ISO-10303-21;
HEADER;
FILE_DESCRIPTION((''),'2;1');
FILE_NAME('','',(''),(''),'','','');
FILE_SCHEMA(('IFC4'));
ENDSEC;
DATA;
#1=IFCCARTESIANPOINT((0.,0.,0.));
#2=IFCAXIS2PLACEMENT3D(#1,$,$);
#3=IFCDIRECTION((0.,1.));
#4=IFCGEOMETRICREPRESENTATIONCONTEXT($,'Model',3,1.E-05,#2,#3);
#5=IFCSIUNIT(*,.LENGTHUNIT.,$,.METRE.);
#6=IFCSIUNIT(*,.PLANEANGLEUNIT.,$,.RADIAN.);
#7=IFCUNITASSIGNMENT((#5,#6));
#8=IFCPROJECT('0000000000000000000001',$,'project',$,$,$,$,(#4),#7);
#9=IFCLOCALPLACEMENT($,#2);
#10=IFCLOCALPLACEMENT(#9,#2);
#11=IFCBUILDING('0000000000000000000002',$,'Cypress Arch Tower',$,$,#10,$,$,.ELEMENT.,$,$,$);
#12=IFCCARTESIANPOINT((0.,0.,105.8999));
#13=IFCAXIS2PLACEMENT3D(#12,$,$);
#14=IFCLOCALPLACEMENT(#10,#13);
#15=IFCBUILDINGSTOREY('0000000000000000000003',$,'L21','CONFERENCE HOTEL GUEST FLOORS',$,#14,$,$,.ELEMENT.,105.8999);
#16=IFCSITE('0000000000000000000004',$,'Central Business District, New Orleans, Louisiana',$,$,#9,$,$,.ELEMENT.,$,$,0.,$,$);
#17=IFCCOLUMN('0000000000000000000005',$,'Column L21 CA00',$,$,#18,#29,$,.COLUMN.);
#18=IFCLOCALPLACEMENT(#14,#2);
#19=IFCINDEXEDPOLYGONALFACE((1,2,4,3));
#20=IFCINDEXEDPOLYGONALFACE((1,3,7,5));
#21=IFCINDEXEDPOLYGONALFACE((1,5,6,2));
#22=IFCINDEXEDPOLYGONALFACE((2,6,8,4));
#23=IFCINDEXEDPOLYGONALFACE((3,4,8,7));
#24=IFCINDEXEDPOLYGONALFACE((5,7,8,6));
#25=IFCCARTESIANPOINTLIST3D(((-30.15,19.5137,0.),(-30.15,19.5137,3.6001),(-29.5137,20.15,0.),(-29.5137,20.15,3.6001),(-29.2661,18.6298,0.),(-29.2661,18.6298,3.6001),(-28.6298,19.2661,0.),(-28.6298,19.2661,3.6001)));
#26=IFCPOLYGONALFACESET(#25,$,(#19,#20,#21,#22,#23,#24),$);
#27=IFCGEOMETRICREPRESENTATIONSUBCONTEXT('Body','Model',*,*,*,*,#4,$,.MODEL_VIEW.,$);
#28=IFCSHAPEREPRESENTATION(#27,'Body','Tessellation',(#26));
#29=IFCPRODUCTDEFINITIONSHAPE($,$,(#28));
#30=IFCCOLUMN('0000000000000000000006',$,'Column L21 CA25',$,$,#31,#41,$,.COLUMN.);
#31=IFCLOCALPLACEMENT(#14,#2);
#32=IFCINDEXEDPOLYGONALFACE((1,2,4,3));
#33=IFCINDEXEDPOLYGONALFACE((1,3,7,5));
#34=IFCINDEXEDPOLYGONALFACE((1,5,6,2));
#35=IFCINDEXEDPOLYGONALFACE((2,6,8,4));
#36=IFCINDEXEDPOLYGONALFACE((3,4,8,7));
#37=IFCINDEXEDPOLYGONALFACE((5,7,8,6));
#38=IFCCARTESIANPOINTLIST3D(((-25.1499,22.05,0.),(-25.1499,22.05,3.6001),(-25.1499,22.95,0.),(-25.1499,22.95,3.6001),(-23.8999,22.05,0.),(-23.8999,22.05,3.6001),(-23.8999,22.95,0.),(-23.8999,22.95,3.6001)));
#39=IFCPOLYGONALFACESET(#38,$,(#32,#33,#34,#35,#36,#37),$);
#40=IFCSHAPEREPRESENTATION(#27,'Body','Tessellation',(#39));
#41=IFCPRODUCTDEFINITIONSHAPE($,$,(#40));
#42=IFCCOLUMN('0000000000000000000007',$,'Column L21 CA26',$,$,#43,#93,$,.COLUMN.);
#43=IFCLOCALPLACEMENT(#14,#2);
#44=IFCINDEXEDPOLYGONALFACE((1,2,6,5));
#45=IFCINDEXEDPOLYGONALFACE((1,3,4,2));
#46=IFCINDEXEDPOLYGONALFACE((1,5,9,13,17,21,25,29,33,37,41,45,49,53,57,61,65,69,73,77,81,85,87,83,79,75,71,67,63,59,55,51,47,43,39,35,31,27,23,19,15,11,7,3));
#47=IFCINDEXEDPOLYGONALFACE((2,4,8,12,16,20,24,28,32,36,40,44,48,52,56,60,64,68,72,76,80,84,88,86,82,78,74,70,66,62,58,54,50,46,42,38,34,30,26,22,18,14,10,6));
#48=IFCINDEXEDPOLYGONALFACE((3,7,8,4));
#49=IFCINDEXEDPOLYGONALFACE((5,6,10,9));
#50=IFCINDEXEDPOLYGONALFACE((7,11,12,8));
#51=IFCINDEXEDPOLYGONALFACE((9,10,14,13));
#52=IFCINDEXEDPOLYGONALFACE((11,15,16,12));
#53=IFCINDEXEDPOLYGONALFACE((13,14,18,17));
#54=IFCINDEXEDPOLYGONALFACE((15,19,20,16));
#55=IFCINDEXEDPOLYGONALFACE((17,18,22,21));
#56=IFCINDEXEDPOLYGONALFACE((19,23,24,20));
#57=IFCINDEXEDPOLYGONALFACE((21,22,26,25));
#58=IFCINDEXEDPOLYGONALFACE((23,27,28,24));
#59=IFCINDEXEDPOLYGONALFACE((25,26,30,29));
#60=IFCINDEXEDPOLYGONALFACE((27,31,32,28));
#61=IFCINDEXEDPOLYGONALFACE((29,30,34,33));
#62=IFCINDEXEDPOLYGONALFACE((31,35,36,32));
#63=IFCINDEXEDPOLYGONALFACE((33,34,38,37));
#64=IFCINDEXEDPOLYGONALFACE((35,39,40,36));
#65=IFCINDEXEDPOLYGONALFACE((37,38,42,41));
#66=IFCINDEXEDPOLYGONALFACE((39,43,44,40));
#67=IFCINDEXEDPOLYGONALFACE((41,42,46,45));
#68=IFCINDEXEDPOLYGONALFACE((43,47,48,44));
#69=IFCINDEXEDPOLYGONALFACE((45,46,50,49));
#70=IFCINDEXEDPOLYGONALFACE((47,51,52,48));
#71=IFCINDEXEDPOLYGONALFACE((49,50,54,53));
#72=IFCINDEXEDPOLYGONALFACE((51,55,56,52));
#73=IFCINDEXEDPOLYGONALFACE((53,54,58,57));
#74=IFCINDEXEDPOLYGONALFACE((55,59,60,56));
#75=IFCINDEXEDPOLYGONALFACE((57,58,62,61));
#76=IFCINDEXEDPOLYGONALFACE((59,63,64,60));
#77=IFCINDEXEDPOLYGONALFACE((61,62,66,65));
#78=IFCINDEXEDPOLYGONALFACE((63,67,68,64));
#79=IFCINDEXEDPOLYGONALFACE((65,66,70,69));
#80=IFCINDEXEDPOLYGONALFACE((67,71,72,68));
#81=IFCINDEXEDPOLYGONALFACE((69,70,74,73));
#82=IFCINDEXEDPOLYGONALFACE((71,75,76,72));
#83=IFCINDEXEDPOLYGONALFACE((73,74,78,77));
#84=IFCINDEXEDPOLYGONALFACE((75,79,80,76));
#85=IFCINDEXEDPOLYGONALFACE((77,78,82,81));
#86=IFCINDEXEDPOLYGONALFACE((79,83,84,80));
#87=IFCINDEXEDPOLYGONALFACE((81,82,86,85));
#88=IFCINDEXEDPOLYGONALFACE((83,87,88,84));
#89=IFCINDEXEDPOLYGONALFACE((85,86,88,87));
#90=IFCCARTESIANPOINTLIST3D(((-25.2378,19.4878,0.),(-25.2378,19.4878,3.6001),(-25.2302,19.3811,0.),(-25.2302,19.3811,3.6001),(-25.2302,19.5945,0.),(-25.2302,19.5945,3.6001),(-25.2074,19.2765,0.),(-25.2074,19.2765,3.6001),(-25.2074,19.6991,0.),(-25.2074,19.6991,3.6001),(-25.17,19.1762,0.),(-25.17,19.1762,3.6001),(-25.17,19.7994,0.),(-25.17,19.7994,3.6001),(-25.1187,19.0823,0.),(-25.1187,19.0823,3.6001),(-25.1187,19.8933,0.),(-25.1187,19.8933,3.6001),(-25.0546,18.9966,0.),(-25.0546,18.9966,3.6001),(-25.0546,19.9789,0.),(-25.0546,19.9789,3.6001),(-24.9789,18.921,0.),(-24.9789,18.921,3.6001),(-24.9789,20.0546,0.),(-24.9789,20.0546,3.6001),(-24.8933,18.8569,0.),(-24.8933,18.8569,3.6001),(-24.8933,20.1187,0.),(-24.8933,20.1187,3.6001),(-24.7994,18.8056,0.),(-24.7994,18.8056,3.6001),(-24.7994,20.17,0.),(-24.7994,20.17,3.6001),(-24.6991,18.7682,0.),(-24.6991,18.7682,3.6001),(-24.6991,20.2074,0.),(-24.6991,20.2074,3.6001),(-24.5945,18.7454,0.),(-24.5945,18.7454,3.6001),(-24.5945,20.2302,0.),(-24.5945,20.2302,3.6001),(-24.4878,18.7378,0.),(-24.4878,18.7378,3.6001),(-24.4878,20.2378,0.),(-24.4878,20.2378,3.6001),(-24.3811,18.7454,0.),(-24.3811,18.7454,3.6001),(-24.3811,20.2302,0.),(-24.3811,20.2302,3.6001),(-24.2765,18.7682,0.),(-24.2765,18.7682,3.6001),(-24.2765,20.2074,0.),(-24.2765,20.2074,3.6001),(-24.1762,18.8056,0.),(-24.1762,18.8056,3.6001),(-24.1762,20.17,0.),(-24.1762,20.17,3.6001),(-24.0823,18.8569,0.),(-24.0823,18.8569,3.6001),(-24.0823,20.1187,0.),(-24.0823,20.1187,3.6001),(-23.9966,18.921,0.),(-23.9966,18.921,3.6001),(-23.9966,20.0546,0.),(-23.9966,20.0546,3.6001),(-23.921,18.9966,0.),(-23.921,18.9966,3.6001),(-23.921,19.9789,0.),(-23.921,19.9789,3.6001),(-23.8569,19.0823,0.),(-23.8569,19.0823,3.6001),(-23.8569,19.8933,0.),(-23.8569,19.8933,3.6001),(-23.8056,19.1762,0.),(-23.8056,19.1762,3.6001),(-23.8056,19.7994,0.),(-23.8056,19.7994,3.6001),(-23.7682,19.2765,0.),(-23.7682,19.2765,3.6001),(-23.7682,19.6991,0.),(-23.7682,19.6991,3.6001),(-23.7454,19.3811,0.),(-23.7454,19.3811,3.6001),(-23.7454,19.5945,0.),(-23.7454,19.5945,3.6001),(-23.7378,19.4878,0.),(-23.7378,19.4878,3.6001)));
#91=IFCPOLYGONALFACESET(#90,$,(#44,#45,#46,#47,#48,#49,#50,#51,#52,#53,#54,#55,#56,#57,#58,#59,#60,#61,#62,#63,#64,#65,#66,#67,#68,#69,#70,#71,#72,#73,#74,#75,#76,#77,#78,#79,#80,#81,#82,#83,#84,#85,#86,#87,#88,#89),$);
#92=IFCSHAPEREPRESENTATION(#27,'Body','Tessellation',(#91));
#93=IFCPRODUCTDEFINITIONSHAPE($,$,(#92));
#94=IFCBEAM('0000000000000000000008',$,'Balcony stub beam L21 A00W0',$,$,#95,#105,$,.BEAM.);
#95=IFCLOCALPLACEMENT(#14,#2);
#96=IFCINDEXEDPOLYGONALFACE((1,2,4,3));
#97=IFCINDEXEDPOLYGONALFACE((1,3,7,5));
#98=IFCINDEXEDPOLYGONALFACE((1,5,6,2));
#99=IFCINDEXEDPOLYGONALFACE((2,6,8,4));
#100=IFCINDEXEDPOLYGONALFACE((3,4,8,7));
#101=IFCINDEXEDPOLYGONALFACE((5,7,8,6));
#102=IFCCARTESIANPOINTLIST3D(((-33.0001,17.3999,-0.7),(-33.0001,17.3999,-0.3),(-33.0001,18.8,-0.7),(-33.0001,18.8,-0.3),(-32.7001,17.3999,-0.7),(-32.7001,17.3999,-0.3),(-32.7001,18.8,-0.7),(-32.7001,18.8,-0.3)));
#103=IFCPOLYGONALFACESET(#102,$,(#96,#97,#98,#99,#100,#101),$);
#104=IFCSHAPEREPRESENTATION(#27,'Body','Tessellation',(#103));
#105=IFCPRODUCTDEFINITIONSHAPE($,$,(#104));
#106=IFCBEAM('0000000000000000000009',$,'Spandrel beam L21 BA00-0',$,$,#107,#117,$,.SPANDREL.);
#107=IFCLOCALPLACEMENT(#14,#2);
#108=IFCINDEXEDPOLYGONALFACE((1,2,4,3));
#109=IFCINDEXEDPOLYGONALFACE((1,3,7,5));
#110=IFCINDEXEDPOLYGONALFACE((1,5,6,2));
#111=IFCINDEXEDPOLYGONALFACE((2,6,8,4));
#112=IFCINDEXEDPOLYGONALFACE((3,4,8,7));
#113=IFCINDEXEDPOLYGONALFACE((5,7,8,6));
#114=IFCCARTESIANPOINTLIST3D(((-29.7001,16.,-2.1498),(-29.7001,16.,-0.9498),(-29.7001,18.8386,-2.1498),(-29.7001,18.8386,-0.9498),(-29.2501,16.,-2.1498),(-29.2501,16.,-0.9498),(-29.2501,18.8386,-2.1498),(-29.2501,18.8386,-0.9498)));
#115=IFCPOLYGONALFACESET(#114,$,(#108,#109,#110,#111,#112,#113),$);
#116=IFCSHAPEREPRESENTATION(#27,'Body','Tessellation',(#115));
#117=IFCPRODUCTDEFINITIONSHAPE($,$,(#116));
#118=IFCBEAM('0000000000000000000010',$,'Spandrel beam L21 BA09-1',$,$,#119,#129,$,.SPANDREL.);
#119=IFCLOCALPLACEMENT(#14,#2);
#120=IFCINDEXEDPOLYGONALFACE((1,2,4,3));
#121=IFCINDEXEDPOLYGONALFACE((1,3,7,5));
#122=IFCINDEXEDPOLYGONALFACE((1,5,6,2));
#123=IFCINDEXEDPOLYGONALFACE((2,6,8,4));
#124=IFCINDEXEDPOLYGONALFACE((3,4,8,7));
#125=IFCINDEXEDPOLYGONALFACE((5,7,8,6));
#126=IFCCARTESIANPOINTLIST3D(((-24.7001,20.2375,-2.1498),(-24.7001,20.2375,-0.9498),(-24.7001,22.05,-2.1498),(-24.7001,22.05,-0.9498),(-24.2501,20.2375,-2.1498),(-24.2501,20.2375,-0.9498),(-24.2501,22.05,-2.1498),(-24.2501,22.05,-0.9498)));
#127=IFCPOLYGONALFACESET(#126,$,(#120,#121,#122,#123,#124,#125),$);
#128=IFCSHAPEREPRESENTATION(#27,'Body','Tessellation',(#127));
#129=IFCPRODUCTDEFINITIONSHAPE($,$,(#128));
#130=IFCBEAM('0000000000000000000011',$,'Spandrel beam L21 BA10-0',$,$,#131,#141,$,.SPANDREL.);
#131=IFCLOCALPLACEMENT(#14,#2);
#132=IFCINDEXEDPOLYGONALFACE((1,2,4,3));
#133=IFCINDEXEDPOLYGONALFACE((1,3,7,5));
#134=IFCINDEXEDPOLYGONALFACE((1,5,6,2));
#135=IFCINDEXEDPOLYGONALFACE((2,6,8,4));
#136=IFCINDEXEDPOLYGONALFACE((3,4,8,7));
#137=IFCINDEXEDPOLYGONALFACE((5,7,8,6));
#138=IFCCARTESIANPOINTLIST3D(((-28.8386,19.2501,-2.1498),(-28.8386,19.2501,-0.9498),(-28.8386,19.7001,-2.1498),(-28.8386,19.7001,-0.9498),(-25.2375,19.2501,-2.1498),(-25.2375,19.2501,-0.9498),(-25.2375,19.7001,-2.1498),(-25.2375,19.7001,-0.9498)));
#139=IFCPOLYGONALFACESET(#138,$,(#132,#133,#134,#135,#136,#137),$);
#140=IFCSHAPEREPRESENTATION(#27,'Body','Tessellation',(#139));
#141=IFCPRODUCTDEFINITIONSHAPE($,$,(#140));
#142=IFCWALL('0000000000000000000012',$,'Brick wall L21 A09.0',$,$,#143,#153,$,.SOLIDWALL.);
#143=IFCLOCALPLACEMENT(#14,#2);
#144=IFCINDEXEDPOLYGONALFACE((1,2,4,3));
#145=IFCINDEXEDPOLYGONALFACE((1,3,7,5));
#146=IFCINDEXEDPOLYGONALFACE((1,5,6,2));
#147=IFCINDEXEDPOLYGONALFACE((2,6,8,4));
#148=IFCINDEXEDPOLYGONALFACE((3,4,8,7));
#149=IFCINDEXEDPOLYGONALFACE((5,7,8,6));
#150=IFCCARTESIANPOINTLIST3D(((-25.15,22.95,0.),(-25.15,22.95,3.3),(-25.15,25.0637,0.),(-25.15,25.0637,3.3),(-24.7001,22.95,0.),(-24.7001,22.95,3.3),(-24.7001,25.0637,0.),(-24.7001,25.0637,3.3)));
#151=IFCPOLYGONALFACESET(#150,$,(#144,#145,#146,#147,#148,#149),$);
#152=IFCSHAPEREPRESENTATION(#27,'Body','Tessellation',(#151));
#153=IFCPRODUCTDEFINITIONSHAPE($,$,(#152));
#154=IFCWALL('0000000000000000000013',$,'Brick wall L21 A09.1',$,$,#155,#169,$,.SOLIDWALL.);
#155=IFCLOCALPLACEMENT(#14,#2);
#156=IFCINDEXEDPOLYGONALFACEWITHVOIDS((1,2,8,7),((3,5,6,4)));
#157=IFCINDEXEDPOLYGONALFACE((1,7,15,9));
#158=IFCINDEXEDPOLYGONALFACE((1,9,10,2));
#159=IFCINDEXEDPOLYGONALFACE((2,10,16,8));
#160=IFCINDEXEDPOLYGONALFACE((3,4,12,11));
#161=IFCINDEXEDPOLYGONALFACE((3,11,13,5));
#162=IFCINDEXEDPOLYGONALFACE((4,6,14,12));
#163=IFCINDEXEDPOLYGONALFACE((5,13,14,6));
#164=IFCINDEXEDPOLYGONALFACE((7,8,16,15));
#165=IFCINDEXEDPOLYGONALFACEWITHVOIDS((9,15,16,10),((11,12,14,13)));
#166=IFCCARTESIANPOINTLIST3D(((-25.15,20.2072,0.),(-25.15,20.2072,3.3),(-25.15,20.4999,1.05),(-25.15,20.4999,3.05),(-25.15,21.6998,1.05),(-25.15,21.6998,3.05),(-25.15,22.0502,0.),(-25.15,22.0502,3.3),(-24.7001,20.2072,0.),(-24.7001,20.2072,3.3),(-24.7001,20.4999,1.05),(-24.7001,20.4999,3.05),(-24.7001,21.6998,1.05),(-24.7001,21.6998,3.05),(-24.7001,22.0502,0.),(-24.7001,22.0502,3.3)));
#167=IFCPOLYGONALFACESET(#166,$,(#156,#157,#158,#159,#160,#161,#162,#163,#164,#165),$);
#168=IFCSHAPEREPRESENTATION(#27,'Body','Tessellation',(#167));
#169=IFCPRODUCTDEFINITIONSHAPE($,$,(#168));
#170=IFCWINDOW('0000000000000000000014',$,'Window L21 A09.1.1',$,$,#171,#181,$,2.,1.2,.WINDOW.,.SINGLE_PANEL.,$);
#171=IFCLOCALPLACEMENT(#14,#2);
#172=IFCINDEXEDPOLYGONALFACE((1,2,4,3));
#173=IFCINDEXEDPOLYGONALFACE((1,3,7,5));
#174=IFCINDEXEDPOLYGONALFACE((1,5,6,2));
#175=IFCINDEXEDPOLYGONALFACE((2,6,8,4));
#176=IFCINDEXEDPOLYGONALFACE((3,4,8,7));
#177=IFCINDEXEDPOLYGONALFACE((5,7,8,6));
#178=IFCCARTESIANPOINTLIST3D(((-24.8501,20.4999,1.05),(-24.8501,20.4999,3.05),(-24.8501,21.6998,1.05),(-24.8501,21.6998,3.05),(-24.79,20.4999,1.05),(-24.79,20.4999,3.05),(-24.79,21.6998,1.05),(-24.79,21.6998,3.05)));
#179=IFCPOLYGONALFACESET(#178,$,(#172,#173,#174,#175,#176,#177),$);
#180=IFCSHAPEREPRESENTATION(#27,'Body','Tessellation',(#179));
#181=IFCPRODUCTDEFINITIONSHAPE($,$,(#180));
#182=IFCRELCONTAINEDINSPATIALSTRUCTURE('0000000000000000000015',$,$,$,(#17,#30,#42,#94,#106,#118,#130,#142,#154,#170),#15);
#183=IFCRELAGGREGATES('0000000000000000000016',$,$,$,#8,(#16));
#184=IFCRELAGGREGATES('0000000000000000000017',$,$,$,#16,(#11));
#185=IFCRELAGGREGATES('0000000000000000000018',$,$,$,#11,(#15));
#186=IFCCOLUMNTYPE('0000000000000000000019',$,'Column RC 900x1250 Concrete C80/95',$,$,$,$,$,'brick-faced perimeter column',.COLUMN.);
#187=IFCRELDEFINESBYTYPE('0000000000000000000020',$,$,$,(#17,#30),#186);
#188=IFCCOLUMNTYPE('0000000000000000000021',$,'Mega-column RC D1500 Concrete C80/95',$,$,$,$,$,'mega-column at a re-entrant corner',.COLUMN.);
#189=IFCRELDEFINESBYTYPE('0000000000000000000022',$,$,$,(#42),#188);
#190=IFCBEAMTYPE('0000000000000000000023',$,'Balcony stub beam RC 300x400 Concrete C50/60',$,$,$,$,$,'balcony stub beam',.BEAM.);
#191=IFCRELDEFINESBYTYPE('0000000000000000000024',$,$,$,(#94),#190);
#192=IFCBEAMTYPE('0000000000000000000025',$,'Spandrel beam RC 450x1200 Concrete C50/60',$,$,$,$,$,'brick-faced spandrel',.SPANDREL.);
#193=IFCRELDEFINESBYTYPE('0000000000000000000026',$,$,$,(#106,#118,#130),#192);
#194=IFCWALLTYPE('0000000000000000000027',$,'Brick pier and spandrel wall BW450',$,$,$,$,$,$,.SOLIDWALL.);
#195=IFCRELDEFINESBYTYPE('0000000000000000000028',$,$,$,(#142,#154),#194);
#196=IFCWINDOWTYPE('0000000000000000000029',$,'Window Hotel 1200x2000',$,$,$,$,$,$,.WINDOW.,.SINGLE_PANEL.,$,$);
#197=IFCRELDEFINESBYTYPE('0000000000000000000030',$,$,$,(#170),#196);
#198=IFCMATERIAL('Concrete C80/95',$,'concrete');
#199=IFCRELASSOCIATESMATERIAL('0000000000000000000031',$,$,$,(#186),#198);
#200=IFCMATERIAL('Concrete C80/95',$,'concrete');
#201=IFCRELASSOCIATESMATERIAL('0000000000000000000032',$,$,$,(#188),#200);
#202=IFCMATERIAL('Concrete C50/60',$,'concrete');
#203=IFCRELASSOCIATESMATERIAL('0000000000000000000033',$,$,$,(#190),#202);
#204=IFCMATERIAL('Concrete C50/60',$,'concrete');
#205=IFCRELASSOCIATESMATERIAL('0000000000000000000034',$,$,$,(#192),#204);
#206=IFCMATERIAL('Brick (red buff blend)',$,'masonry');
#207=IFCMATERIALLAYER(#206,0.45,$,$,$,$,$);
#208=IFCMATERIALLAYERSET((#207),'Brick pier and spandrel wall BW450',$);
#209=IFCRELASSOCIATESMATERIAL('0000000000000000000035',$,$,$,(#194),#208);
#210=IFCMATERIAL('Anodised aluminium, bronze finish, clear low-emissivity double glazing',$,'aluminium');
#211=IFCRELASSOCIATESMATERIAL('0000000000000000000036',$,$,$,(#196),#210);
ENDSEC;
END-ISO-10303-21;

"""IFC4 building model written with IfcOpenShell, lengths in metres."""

from ifc_helpers import new_model, si_unit, direction, frame, frame_2d, origin, origin_2d, place, context, subcontext, project, spatial, rectangle, circle, extrude, material, layer, layer_set, material_profile, profile_set, type_object, element, fill, save


model = new_model("IFC4")

# Units and contexts
model_context = context("Model", 3, precision=1e-05, world=origin(), true_north=direction((0.0, 1.0)))
body_context = subcontext(model_context, "Body", "Model", "MODEL_VIEW")
ifc_project = project(units=[si_unit("LENGTHUNIT", "METRE"), si_unit("PLANEANGLEUNIT", "RADIAN")], contexts=[model_context])

# Site, building, storey
site_placement = place(None, origin())
site = spatial("IfcSite", under=ifc_project, at=site_placement, Name="Central Business District, New Orleans, Louisiana", CompositionType="ELEMENT", RefElevation=0.0)
building_placement = place(site_placement, origin())
building = spatial("IfcBuilding", under=site, at=building_placement, Name="Cypress Arch Tower", CompositionType="ELEMENT")
storey_placement = place(building_placement, frame((0.0, 0.0, 105.8999)))
storey = spatial("IfcBuildingStorey", under=building, at=storey_placement, Name="L21", Description="CONFERENCE HOTEL GUEST FLOORS", CompositionType="ELEMENT", Elevation=105.8999)

# Columns
ifc_material_1 = material(Name="Concrete C80/95", Category="concrete")
ifc_material_profile_1 = material_profile(ifc_material_1, rectangle(XDim=0.8999, YDim=1.25, at=origin_2d()), Name="RC 900x1250")
ifc_profile_set_1 = profile_set([ifc_material_profile_1], Name="Concrete C80/95")
column_type_1 = type_object("IfcColumnType", Name="Column RC 900x1250 Concrete C80/95", ElementType="brick-faced perimeter column", PredefinedType="COLUMN", material=ifc_profile_set_1)
for number, where, z_axis, x_axis, name in (
    (1, (-29.3899, 19.3899, 0.0), (0.0, 0.0, 1.0), (-0.707107, -0.707107, 0.0), "Column L21 CA00"),
    (2, (-24.5249, 22.5, 0.0), (0.0, 0.0, 1.0), (0.0, -1.0, 0.0), "Column L21 CA25"),
):
    element("IfcColumn", number, at=place(storey_placement, frame(where, z_axis=z_axis, x_axis=x_axis)), inside=storey, type_object=column_type_1, Name=name, PredefinedType="COLUMN", context=body_context, shape_type="SweptSolid", body=[
        extrude(rectangle(XDim=0.8999, YDim=1.25, at=origin_2d()), origin(), (0.0, 0.0, 1.0), 3.6001),
    ])
ifc_material_2 = material(Name="Concrete C80/95", Category="concrete")
ifc_material_profile_2 = material_profile(ifc_material_2, circle(Radius=0.75, at=origin_2d()), Name="RC D1500")
ifc_profile_set_2 = profile_set([ifc_material_profile_2], Name="Concrete C80/95")
column_type_2 = type_object("IfcColumnType", Name="Mega-column RC D1500 Concrete C80/95", ElementType="mega-column at a re-entrant corner", PredefinedType="COLUMN", material=ifc_profile_set_2)
column_placement = place(storey_placement, frame((-24.4878, 19.4878, 0.0), z_axis=(0.0, 0.0, 1.0), x_axis=(1.0, 0.0, 0.0)))
element("IfcColumn", 3, at=column_placement, inside=storey, type_object=column_type_2, Name="Column L21 CA26", PredefinedType="COLUMN", context=body_context, shape_type="SweptSolid", body=[
    extrude(circle(Radius=0.75, at=origin_2d()), origin(), (0.0, 0.0, 1.0), 3.6001),
])

# Beams
ifc_material_3 = material(Name="Concrete C50/60", Category="concrete")
ifc_material_profile_3 = material_profile(ifc_material_3, rectangle(XDim=0.3, YDim=0.3999, at=origin_2d()), Name="RC 300x400")
ifc_profile_set_3 = profile_set([ifc_material_profile_3], Name="Concrete C50/60")
beam_type_1 = type_object("IfcBeamType", Name="Balcony stub beam RC 300x400 Concrete C50/60", ElementType="balcony stub beam", PredefinedType="BEAM", material=ifc_profile_set_3)
beam_1_placement = place(storey_placement, frame((-32.8501, 18.8, -0.5), z_axis=(0.0, -1.0, 0.0), x_axis=(1.0, 0.0, 0.0)))
element("IfcBeam", 4, at=beam_1_placement, inside=storey, type_object=beam_type_1, Name="Balcony stub beam L21 A00W0", PredefinedType="BEAM", context=body_context, shape_type="SweptSolid", body=[
    extrude(rectangle(XDim=0.3, YDim=0.3999, at=origin_2d()), origin(), (0.0, 0.0, 1.0), 1.4001),
])
ifc_material_4 = material(Name="Concrete C50/60", Category="concrete")
ifc_material_profile_4 = material_profile(ifc_material_4, rectangle(XDim=0.45, YDim=1.2, at=origin_2d()), Name="RC 450x1200")
ifc_profile_set_4 = profile_set([ifc_material_profile_4], Name="Concrete C50/60")
beam_type_2 = type_object("IfcBeamType", Name="Spandrel beam RC 450x1200 Concrete C50/60", ElementType="brick-faced spandrel", PredefinedType="SPANDREL", material=ifc_profile_set_4)
beam_2_placement = place(storey_placement, frame((-29.4751, 18.8386, -1.5498), z_axis=(0.0, -1.0, 0.0), x_axis=(1.0, 0.0, 0.0)))
element("IfcBeam", 5, at=beam_2_placement, inside=storey, type_object=beam_type_2, Name="Spandrel beam L21 BA00-0", PredefinedType="SPANDREL", context=body_context, shape_type="SweptSolid", body=[
    extrude(rectangle(XDim=0.45, YDim=1.2, at=origin_2d()), origin(), (0.0, 0.0, 1.0), 2.8386),
])
beam_3_placement = place(storey_placement, frame((-24.4751, 22.05, -1.5498), z_axis=(0.0, -1.0, 0.0), x_axis=(1.0, 0.0, 0.0)))
element("IfcBeam", 6, at=beam_3_placement, inside=storey, type_object=beam_type_2, Name="Spandrel beam L21 BA09-1", PredefinedType="SPANDREL", context=body_context, shape_type="SweptSolid", body=[
    extrude(rectangle(XDim=0.45, YDim=1.2, at=origin_2d()), origin(), (0.0, 0.0, 1.0), 1.8125),
])
beam_4_placement = place(storey_placement, frame((-25.2375, 19.4751, -1.5498), z_axis=(-1.0, 0.0, 0.0), x_axis=(0.0, -1.0, 0.0)))
element("IfcBeam", 7, at=beam_4_placement, inside=storey, type_object=beam_type_2, Name="Spandrel beam L21 BA10-0", PredefinedType="SPANDREL", context=body_context, shape_type="SweptSolid", body=[
    extrude(rectangle(XDim=0.45, YDim=1.2, at=origin_2d()), origin(), (0.0, 0.0, 1.0), 3.6011),
])

# Shared definitions
ifc_material_5 = material(Name="Brick (red buff blend)", Category="masonry")
ifc_layer = layer(ifc_material_5, 0.45)
ifc_layer_set = layer_set([ifc_layer], Name="Brick pier and spandrel wall BW450")
wall_type = type_object("IfcWallType", Name="Brick pier and spandrel wall BW450", PredefinedType="SOLIDWALL", material=ifc_layer_set)

# Wall
wall_1_placement = place(storey_placement, frame((-24.925, 25.0637, 0.0), z_axis=(0.0, 0.0, 1.0), x_axis=(0.0, -1.0, 0.0)))
element("IfcWall", 8, at=wall_1_placement, inside=storey, type_object=wall_type, Name="Brick wall L21 A09.0", PredefinedType="SOLIDWALL", context=body_context, shape_type="SweptSolid", body=[
    extrude(rectangle(XDim=2.1138, YDim=0.45, at=frame_2d((1.0569, 0.0))), origin(), (0.0, 0.0, 1.0), 3.3),
])

# Wall, opening, window
wall_2_placement = place(storey_placement, frame((-24.925, 22.05, 0.0), z_axis=(0.0, 0.0, 1.0), x_axis=(0.0, -1.0, 0.0)))
wall_2 = element("IfcWall", 9, at=wall_2_placement, inside=storey, type_object=wall_type, Name="Brick wall L21 A09.1", PredefinedType="SOLIDWALL", context=body_context, shape_type="SweptSolid", body=[
    extrude(rectangle(XDim=1.843, YDim=0.45, at=frame_2d((0.9214, 0.0))), origin(), (0.0, 0.0, 1.0), 3.3),
])
opening_1_placement = place(wall_2_placement, frame((0.3501, 0.0, 1.05)))
opening_1 = element("IfcOpeningElement", 10, at=opening_1_placement, cuts=wall_2, PredefinedType="OPENING", context=body_context, shape_type="SweptSolid", body=[
    extrude(rectangle(XDim=1.2, YDim=2.0, at=frame_2d((0.6001, 1.0))), frame((0.0, 0.2349, 0.0), z_axis=(0.0, -1.0, 0.0), x_axis=(1.0, 0.0, 0.0)), (0.0, 0.0, 1.0), 0.47),
])
ifc_material_6 = material(Name="Anodised aluminium, bronze finish, clear low-emissivity double glazing", Category="aluminium")
window_type_1 = type_object("IfcWindowType", Name="Window Hotel 1200x2000", PartitioningType="SINGLE_PANEL", PredefinedType="WINDOW", material=ifc_material_6)
window_1_placement = place(opening_1_placement, origin())
window_1 = element("IfcWindow", 11, at=window_1_placement, inside=storey, type_object=window_type_1, Name="Window L21 A09.1.1", OverallHeight=2.0, OverallWidth=1.2, PartitioningType="SINGLE_PANEL", PredefinedType="WINDOW", context=body_context, shape_type="SweptSolid", body=[
    extrude(rectangle(XDim=1.2, YDim=2.0, at=frame_2d((0.6001, 1.0))), frame((0.0, 0.135, 0.0), z_axis=(0.0, -1.0, 0.0), x_axis=(1.0, 0.0, 0.0)), (0.0, 0.0, 1.0), 0.0601),
])
fill(opening_1, window_1)

save(model, "model.ifc")
